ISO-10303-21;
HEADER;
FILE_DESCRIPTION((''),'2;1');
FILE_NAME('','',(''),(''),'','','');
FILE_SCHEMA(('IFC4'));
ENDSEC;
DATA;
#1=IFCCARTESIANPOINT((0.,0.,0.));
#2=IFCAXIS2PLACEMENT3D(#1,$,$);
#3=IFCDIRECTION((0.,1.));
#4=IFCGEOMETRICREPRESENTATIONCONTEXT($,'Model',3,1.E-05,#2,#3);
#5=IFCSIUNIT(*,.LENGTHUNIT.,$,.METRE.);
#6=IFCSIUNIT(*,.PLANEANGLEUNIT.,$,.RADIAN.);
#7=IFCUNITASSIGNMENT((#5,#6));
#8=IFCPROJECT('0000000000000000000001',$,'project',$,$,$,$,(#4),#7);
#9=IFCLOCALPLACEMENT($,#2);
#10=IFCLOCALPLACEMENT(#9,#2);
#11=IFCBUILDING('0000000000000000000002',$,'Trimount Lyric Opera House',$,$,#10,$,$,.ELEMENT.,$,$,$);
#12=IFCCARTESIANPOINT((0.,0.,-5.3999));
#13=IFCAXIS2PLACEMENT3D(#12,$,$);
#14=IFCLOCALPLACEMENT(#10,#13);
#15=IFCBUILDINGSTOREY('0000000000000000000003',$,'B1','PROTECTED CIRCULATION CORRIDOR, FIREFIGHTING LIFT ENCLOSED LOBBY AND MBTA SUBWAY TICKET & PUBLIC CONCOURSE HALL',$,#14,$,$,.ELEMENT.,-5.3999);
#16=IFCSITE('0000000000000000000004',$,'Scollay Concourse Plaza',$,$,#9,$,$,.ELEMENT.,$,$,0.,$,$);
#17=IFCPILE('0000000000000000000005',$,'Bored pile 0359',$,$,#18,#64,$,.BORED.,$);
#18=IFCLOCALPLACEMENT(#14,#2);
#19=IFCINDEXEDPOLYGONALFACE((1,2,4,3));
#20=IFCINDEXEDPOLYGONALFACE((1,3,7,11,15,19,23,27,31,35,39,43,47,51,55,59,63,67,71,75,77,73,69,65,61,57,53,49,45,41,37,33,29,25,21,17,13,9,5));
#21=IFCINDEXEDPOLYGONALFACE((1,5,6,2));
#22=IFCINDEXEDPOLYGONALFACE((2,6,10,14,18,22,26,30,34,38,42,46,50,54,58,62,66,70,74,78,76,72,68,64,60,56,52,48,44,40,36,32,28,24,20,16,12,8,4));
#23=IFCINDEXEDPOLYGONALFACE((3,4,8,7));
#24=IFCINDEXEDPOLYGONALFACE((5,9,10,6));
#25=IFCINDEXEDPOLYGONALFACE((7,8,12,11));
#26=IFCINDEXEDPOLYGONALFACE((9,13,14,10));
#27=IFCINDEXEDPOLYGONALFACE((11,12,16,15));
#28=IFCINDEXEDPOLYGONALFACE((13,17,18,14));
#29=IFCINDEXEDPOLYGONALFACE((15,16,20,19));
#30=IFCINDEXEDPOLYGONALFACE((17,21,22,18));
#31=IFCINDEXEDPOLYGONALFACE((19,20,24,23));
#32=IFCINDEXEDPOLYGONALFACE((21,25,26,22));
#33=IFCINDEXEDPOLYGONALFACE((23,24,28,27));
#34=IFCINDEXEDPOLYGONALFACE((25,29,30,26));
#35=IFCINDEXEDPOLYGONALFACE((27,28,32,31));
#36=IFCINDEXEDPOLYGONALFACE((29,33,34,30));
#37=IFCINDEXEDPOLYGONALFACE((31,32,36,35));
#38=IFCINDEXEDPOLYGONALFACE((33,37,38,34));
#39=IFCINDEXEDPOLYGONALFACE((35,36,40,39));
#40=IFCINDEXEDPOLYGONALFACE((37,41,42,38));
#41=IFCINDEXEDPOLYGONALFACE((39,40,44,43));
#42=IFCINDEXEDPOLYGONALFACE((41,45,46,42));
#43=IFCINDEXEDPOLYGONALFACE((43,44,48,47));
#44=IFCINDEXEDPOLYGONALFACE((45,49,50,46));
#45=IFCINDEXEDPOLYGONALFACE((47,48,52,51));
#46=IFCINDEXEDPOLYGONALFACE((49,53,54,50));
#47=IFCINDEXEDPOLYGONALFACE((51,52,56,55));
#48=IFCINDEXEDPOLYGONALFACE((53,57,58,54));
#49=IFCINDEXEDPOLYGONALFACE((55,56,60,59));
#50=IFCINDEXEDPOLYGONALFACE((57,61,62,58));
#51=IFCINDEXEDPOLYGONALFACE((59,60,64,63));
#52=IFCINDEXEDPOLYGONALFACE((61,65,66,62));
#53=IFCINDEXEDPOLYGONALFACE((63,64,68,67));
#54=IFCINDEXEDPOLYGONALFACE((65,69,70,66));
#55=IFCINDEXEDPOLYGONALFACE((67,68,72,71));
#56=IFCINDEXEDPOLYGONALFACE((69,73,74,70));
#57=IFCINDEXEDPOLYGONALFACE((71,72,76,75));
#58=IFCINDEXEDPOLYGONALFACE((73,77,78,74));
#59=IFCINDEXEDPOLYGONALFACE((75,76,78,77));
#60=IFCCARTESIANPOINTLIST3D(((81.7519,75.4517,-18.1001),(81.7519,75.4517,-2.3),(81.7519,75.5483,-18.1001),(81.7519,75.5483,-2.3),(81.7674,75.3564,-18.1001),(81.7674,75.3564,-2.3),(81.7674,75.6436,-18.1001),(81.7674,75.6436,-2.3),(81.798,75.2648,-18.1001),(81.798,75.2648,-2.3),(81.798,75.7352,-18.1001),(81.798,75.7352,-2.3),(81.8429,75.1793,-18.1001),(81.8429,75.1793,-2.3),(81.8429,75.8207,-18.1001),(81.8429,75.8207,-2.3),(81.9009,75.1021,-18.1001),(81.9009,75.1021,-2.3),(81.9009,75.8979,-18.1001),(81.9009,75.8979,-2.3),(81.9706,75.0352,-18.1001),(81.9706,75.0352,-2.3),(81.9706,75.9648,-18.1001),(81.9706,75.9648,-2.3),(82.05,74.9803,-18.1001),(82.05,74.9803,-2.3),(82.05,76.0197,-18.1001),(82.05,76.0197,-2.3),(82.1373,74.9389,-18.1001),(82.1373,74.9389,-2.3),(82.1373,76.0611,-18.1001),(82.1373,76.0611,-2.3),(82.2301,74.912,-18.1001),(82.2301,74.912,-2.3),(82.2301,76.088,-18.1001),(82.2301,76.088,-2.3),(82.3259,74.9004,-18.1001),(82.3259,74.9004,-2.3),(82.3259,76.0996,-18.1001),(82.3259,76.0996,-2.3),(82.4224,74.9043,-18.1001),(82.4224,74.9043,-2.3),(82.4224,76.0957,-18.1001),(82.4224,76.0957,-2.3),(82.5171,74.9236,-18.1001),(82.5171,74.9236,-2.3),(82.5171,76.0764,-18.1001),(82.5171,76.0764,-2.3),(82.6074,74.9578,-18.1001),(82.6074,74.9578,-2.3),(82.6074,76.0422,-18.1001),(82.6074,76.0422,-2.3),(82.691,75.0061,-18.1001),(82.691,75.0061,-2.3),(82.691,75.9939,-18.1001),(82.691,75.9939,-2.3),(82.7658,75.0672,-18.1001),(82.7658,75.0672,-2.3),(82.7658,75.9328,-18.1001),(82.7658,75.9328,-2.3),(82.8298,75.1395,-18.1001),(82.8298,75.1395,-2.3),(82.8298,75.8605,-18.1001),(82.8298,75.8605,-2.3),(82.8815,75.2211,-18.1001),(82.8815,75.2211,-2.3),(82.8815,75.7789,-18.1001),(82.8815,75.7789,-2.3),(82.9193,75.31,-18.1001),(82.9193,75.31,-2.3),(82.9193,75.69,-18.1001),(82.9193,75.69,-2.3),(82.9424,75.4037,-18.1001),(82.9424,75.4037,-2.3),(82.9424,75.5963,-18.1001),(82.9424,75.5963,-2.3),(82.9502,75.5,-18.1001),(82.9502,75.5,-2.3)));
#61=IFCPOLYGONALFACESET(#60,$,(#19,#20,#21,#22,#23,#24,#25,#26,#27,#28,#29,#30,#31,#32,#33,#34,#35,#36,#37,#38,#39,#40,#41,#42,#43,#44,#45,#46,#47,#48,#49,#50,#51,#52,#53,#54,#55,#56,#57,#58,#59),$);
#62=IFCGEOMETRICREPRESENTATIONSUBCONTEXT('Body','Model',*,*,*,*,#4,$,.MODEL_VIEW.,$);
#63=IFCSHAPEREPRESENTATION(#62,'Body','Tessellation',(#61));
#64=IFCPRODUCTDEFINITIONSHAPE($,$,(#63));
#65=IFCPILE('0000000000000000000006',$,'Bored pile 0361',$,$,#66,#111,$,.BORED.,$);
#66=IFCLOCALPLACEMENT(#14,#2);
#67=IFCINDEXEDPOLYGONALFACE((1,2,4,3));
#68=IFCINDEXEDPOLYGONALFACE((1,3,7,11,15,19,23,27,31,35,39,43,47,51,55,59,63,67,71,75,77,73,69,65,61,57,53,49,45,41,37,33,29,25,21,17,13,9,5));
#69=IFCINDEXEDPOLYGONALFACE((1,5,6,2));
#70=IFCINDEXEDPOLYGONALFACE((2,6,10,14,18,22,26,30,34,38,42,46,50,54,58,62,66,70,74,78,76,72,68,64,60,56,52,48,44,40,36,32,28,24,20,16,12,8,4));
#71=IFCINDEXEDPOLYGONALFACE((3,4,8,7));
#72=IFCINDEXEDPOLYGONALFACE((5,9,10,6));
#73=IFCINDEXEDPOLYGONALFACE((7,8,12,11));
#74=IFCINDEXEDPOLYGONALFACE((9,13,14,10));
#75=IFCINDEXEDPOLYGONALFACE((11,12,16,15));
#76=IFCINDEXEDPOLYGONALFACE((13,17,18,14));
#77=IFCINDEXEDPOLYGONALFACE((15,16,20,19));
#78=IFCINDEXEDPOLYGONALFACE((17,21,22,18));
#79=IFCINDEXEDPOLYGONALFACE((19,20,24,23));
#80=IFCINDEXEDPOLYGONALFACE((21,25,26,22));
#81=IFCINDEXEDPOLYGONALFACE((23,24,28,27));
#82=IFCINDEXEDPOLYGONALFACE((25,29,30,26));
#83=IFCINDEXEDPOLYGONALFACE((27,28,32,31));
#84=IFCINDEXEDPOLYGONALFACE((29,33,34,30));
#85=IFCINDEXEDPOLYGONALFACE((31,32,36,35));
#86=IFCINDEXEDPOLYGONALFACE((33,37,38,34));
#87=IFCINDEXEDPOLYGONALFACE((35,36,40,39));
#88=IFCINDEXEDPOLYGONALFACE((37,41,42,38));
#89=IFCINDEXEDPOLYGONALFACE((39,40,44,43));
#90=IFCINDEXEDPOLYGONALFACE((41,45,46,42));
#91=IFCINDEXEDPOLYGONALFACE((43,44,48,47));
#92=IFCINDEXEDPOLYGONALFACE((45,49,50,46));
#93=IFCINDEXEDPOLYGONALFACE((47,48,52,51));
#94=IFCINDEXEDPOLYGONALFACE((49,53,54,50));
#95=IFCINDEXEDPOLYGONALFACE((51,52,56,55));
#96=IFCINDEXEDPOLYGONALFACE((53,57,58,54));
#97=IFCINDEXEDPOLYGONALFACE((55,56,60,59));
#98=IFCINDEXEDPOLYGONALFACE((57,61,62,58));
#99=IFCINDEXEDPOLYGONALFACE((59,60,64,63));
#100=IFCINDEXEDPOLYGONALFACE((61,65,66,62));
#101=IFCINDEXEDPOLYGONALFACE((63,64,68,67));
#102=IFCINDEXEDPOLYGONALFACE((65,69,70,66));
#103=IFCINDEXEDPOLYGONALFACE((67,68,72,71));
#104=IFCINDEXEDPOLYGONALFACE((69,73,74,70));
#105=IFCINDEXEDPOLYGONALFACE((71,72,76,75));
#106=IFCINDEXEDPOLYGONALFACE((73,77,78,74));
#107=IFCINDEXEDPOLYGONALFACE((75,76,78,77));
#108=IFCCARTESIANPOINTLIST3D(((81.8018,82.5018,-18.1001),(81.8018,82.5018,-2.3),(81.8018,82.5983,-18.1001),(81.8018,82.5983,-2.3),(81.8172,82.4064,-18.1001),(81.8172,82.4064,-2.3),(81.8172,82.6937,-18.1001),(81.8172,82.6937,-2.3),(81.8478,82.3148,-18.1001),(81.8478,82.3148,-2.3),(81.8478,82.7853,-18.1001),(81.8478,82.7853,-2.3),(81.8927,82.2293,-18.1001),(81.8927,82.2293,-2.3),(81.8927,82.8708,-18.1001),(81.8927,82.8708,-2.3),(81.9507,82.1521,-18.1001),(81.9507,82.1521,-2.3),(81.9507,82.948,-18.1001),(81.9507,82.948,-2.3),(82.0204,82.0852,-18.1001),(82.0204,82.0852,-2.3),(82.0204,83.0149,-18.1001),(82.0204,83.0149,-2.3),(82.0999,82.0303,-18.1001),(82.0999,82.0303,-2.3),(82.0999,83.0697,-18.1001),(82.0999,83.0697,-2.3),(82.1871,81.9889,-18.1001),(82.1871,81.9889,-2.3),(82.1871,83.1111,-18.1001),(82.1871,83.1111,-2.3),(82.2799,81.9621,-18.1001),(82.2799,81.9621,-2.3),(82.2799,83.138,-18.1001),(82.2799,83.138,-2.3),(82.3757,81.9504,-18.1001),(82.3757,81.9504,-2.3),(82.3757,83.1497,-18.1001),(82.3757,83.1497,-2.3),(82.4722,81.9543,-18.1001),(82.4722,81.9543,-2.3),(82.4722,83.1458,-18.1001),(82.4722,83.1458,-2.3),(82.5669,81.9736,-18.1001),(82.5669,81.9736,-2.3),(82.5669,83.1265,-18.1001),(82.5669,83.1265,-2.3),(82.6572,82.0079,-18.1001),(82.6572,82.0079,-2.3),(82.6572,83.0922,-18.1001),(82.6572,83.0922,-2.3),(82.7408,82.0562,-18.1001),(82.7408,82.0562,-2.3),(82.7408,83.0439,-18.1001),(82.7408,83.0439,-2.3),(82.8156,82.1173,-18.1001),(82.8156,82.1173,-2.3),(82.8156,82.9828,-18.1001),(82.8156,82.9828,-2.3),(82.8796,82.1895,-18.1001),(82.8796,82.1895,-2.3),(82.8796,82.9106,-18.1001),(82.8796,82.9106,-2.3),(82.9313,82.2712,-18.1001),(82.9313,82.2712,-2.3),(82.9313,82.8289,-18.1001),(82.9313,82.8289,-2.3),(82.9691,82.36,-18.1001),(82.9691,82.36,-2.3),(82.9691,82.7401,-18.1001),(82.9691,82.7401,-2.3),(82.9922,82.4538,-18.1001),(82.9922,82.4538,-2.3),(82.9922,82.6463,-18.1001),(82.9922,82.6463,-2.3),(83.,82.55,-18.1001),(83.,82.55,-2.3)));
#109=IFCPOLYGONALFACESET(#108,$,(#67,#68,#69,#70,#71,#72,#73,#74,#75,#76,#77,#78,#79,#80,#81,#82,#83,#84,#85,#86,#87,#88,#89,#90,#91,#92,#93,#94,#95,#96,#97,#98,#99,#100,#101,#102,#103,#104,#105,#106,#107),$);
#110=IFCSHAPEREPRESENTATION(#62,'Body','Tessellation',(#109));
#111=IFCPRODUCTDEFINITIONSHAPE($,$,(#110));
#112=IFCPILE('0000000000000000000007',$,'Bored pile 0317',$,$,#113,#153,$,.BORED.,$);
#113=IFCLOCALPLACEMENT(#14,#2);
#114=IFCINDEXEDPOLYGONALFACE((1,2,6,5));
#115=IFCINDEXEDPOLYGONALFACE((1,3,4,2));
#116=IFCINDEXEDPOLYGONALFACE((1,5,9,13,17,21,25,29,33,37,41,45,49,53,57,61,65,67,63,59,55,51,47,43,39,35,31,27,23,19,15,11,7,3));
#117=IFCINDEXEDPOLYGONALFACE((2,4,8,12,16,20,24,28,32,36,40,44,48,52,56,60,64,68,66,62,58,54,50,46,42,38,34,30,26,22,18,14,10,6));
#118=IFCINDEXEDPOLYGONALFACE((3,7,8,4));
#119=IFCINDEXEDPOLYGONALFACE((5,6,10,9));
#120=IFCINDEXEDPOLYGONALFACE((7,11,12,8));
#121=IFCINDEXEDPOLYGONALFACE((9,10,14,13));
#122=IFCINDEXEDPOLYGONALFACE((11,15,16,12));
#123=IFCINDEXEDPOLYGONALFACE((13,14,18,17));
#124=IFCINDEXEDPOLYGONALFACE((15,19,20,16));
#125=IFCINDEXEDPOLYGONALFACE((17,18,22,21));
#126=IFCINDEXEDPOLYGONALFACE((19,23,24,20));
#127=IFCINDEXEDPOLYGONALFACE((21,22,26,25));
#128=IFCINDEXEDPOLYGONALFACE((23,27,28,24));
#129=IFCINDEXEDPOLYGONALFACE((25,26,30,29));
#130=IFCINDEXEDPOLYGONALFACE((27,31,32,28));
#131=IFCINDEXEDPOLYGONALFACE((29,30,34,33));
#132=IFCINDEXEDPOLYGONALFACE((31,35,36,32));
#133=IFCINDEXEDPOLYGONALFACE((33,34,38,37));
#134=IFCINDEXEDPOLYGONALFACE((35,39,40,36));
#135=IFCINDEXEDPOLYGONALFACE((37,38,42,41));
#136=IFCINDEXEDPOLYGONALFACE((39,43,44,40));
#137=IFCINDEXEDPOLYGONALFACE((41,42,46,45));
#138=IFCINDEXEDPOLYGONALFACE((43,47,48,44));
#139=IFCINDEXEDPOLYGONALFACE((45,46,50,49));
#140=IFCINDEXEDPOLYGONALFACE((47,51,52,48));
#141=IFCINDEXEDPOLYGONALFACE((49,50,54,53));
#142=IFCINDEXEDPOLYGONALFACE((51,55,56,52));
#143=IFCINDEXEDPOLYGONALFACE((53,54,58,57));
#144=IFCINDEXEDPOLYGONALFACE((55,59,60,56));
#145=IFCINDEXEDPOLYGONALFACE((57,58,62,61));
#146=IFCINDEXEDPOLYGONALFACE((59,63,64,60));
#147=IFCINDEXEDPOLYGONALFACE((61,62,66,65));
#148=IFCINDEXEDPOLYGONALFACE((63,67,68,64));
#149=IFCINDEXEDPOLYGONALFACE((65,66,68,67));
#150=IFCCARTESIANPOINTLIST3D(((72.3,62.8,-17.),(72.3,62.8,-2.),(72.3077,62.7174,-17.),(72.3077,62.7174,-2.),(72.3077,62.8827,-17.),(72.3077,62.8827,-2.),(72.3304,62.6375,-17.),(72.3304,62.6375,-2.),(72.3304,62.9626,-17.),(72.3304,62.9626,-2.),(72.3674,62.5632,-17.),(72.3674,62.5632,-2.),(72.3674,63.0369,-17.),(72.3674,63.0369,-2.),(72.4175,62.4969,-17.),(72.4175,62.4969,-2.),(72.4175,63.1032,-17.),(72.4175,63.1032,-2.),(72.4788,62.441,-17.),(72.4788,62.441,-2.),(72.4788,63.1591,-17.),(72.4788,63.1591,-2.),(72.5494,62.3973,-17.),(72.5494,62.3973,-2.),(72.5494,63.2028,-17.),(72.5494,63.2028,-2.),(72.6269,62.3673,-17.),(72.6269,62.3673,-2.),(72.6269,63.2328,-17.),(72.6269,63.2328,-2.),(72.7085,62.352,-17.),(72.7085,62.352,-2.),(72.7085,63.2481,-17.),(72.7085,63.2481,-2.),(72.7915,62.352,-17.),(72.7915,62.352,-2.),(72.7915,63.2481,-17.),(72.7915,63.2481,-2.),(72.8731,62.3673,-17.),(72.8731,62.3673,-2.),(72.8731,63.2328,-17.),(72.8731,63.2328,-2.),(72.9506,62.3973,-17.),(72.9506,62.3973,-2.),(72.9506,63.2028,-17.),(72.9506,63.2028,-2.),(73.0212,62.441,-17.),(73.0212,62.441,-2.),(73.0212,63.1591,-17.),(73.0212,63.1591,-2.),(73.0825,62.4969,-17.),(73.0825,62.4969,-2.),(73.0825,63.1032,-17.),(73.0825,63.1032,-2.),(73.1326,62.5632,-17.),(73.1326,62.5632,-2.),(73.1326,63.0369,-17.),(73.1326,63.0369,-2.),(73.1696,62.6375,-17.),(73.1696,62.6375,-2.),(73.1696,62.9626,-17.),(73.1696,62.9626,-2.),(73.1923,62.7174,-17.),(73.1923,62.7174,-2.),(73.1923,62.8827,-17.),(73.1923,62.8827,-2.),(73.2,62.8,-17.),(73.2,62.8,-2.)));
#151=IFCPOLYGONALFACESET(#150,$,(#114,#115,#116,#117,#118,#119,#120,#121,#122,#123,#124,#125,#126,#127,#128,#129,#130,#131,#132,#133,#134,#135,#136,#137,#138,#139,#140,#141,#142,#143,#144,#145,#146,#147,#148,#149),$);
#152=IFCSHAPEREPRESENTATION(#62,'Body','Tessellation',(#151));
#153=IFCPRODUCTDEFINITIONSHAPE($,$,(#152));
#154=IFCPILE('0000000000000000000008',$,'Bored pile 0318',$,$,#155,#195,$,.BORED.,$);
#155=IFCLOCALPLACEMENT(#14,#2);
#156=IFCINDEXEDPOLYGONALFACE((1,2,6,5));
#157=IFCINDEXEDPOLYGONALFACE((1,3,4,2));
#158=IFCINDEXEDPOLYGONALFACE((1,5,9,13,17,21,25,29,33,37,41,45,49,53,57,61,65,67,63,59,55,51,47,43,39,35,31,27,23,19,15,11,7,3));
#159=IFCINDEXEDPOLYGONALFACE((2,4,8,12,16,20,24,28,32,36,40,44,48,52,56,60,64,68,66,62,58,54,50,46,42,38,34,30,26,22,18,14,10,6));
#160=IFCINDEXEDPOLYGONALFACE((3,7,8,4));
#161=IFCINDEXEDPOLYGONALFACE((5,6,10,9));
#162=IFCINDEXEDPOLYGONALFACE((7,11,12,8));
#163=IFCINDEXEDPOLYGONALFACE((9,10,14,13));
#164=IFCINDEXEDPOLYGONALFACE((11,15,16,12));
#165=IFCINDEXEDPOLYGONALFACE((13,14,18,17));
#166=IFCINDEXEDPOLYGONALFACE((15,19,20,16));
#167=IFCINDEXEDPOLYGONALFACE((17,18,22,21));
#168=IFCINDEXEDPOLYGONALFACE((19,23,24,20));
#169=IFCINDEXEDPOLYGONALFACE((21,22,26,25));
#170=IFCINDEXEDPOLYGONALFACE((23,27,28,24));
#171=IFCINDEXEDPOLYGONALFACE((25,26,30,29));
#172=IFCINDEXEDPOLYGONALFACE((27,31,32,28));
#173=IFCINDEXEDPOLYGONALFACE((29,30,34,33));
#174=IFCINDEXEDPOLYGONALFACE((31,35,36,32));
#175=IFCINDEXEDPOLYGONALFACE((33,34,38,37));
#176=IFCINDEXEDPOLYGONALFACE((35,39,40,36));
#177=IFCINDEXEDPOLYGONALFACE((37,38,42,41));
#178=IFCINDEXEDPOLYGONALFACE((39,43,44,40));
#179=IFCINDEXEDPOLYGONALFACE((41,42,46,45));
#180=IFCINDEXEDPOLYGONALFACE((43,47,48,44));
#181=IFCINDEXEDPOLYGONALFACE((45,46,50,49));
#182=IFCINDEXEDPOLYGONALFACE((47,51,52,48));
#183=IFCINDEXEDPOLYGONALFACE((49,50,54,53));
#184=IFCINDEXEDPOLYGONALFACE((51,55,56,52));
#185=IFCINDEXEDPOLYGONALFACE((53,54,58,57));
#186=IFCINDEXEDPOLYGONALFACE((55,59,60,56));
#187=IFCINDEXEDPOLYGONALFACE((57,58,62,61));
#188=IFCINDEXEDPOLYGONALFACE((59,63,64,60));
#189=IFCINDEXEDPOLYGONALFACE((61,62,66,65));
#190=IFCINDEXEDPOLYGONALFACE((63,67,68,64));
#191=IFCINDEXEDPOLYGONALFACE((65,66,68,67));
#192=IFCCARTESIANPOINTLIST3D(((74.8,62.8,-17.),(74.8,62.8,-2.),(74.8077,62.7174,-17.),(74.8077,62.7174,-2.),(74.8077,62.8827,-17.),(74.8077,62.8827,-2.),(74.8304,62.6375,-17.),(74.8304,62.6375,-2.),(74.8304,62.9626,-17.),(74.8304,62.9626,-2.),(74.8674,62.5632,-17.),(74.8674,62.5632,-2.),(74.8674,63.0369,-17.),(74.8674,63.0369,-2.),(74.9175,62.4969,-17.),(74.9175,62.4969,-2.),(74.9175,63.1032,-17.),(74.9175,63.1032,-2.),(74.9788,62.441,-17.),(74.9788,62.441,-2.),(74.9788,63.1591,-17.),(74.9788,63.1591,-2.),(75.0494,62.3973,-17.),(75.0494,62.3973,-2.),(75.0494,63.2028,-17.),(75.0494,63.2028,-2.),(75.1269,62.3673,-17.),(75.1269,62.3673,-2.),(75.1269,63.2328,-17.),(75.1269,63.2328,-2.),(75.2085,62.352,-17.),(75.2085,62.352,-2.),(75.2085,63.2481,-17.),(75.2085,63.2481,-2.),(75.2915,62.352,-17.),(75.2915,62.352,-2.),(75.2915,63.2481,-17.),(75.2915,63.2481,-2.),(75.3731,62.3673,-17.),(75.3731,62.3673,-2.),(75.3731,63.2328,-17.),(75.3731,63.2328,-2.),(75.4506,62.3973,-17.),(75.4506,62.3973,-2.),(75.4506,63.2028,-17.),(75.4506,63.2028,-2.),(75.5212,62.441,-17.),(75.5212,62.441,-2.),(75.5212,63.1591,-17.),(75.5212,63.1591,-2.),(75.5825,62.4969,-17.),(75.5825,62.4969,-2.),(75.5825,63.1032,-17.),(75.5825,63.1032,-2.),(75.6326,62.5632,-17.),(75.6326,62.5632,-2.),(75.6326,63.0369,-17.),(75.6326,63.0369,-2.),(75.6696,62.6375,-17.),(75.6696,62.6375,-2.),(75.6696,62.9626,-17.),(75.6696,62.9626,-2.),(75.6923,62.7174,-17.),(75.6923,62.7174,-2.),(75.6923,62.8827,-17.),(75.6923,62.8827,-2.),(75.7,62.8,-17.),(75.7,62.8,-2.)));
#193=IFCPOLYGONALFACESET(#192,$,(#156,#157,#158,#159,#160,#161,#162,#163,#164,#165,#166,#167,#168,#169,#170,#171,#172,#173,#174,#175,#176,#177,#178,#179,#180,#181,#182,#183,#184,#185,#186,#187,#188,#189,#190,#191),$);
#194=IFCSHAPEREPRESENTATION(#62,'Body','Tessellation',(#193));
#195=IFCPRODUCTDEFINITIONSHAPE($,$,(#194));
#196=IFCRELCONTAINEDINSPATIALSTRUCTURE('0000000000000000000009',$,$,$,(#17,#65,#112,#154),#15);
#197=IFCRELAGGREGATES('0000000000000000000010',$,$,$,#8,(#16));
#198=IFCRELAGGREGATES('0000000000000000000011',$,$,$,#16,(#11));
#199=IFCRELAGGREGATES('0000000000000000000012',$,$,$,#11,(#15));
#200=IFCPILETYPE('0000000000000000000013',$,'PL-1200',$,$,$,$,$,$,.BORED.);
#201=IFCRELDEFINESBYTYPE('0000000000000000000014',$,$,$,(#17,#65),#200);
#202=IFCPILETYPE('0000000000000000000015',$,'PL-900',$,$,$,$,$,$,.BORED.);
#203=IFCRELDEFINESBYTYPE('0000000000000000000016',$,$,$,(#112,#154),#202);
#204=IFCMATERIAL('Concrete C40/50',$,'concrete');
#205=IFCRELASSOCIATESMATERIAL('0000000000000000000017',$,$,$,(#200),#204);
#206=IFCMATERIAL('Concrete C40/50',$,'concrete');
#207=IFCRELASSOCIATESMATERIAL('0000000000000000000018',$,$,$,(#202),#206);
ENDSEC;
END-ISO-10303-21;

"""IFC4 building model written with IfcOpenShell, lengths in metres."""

from ifc_helpers import new_model, si_unit, direction, frame, origin, origin_2d, place, context, subcontext, project, spatial, circle, extrude, material, material_profile, profile_set, type_object, element, save


model = new_model("IFC4")

# Units and contexts
model_context = context("Model", 3, precision=1e-05, world=origin(), true_north=direction((0.0, 1.0)))
body_context = subcontext(model_context, "Body", "Model", "MODEL_VIEW")
ifc_project = project(units=[si_unit("LENGTHUNIT", "METRE"), si_unit("PLANEANGLEUNIT", "RADIAN")], contexts=[model_context])

# Site, building, storey
site_placement = place(None, origin())
site = spatial("IfcSite", under=ifc_project, at=site_placement, Name="Scollay Concourse Plaza", CompositionType="ELEMENT", RefElevation=0.0)
building_placement = place(site_placement, origin())
building = spatial("IfcBuilding", under=site, at=building_placement, Name="Trimount Lyric Opera House", CompositionType="ELEMENT")
storey_placement = place(building_placement, frame((0.0, 0.0, -5.3999)))
storey = spatial("IfcBuildingStorey", under=building, at=storey_placement, Name="B1", Description="PROTECTED CIRCULATION CORRIDOR, FIREFIGHTING LIFT ENCLOSED LOBBY AND MBTA SUBWAY TICKET & PUBLIC CONCOURSE HALL", CompositionType="ELEMENT", Elevation=-5.3999)

# Piles
ifc_material_1 = material(Name="Concrete C40/50", Category="concrete")
ifc_material_profile_1 = material_profile(ifc_material_1, circle(Radius=0.6001, at=origin_2d()), Name="PILE-D1200")
ifc_profile_set_1 = profile_set([ifc_material_profile_1], Name="Concrete C40/50")
pile_type_1 = type_object("IfcPileType", Name="PL-1200", PredefinedType="BORED", material=ifc_profile_set_1)
for number, where, z_axis, x_axis, name in (
    (1, (82.3501, 75.5, -2.3), (0.0, 0.0, -1.0), (1.0, 0.0, 0.0), "Bored pile 0359"),
    (2, (82.3999, 82.55, -2.3), (0.0, 0.0, -1.0), (1.0, 0.0, 0.0), "Bored pile 0361"),
):
    element("IfcPile", number, at=place(storey_placement, frame(where, z_axis=z_axis, x_axis=x_axis)), inside=storey, type_object=pile_type_1, Name=name, PredefinedType="BORED", context=body_context, shape_type="SweptSolid", body=[
        extrude(circle(Radius=0.6001, at=origin_2d()), origin(), (0.0, 0.0, 1.0), 15.8),
    ])
ifc_material_2 = material(Name="Concrete C40/50", Category="concrete")
ifc_material_profile_2 = material_profile(ifc_material_2, circle(Radius=0.45, at=origin_2d()), Name="PILE-D900")
ifc_profile_set_2 = profile_set([ifc_material_profile_2], Name="Concrete C40/50")
pile_type_2 = type_object("IfcPileType", Name="PL-900", PredefinedType="BORED", material=ifc_profile_set_2)
for number, where, z_axis, x_axis, name in (
    (3, (72.75, 62.8, -2.0), (0.0, 0.0, -1.0), (1.0, 0.0, 0.0), "Bored pile 0317"),
    (4, (75.25, 62.8, -2.0), (0.0, 0.0, -1.0), (1.0, 0.0, 0.0), "Bored pile 0318"),
):
    element("IfcPile", number, at=place(storey_placement, frame(where, z_axis=z_axis, x_axis=x_axis)), inside=storey, type_object=pile_type_2, Name=name, PredefinedType="BORED", context=body_context, shape_type="SweptSolid", body=[
        extrude(circle(Radius=0.45, at=origin_2d()), origin(), (0.0, 0.0, 1.0), 15.0),
    ])

save(model, "model.ifc")
